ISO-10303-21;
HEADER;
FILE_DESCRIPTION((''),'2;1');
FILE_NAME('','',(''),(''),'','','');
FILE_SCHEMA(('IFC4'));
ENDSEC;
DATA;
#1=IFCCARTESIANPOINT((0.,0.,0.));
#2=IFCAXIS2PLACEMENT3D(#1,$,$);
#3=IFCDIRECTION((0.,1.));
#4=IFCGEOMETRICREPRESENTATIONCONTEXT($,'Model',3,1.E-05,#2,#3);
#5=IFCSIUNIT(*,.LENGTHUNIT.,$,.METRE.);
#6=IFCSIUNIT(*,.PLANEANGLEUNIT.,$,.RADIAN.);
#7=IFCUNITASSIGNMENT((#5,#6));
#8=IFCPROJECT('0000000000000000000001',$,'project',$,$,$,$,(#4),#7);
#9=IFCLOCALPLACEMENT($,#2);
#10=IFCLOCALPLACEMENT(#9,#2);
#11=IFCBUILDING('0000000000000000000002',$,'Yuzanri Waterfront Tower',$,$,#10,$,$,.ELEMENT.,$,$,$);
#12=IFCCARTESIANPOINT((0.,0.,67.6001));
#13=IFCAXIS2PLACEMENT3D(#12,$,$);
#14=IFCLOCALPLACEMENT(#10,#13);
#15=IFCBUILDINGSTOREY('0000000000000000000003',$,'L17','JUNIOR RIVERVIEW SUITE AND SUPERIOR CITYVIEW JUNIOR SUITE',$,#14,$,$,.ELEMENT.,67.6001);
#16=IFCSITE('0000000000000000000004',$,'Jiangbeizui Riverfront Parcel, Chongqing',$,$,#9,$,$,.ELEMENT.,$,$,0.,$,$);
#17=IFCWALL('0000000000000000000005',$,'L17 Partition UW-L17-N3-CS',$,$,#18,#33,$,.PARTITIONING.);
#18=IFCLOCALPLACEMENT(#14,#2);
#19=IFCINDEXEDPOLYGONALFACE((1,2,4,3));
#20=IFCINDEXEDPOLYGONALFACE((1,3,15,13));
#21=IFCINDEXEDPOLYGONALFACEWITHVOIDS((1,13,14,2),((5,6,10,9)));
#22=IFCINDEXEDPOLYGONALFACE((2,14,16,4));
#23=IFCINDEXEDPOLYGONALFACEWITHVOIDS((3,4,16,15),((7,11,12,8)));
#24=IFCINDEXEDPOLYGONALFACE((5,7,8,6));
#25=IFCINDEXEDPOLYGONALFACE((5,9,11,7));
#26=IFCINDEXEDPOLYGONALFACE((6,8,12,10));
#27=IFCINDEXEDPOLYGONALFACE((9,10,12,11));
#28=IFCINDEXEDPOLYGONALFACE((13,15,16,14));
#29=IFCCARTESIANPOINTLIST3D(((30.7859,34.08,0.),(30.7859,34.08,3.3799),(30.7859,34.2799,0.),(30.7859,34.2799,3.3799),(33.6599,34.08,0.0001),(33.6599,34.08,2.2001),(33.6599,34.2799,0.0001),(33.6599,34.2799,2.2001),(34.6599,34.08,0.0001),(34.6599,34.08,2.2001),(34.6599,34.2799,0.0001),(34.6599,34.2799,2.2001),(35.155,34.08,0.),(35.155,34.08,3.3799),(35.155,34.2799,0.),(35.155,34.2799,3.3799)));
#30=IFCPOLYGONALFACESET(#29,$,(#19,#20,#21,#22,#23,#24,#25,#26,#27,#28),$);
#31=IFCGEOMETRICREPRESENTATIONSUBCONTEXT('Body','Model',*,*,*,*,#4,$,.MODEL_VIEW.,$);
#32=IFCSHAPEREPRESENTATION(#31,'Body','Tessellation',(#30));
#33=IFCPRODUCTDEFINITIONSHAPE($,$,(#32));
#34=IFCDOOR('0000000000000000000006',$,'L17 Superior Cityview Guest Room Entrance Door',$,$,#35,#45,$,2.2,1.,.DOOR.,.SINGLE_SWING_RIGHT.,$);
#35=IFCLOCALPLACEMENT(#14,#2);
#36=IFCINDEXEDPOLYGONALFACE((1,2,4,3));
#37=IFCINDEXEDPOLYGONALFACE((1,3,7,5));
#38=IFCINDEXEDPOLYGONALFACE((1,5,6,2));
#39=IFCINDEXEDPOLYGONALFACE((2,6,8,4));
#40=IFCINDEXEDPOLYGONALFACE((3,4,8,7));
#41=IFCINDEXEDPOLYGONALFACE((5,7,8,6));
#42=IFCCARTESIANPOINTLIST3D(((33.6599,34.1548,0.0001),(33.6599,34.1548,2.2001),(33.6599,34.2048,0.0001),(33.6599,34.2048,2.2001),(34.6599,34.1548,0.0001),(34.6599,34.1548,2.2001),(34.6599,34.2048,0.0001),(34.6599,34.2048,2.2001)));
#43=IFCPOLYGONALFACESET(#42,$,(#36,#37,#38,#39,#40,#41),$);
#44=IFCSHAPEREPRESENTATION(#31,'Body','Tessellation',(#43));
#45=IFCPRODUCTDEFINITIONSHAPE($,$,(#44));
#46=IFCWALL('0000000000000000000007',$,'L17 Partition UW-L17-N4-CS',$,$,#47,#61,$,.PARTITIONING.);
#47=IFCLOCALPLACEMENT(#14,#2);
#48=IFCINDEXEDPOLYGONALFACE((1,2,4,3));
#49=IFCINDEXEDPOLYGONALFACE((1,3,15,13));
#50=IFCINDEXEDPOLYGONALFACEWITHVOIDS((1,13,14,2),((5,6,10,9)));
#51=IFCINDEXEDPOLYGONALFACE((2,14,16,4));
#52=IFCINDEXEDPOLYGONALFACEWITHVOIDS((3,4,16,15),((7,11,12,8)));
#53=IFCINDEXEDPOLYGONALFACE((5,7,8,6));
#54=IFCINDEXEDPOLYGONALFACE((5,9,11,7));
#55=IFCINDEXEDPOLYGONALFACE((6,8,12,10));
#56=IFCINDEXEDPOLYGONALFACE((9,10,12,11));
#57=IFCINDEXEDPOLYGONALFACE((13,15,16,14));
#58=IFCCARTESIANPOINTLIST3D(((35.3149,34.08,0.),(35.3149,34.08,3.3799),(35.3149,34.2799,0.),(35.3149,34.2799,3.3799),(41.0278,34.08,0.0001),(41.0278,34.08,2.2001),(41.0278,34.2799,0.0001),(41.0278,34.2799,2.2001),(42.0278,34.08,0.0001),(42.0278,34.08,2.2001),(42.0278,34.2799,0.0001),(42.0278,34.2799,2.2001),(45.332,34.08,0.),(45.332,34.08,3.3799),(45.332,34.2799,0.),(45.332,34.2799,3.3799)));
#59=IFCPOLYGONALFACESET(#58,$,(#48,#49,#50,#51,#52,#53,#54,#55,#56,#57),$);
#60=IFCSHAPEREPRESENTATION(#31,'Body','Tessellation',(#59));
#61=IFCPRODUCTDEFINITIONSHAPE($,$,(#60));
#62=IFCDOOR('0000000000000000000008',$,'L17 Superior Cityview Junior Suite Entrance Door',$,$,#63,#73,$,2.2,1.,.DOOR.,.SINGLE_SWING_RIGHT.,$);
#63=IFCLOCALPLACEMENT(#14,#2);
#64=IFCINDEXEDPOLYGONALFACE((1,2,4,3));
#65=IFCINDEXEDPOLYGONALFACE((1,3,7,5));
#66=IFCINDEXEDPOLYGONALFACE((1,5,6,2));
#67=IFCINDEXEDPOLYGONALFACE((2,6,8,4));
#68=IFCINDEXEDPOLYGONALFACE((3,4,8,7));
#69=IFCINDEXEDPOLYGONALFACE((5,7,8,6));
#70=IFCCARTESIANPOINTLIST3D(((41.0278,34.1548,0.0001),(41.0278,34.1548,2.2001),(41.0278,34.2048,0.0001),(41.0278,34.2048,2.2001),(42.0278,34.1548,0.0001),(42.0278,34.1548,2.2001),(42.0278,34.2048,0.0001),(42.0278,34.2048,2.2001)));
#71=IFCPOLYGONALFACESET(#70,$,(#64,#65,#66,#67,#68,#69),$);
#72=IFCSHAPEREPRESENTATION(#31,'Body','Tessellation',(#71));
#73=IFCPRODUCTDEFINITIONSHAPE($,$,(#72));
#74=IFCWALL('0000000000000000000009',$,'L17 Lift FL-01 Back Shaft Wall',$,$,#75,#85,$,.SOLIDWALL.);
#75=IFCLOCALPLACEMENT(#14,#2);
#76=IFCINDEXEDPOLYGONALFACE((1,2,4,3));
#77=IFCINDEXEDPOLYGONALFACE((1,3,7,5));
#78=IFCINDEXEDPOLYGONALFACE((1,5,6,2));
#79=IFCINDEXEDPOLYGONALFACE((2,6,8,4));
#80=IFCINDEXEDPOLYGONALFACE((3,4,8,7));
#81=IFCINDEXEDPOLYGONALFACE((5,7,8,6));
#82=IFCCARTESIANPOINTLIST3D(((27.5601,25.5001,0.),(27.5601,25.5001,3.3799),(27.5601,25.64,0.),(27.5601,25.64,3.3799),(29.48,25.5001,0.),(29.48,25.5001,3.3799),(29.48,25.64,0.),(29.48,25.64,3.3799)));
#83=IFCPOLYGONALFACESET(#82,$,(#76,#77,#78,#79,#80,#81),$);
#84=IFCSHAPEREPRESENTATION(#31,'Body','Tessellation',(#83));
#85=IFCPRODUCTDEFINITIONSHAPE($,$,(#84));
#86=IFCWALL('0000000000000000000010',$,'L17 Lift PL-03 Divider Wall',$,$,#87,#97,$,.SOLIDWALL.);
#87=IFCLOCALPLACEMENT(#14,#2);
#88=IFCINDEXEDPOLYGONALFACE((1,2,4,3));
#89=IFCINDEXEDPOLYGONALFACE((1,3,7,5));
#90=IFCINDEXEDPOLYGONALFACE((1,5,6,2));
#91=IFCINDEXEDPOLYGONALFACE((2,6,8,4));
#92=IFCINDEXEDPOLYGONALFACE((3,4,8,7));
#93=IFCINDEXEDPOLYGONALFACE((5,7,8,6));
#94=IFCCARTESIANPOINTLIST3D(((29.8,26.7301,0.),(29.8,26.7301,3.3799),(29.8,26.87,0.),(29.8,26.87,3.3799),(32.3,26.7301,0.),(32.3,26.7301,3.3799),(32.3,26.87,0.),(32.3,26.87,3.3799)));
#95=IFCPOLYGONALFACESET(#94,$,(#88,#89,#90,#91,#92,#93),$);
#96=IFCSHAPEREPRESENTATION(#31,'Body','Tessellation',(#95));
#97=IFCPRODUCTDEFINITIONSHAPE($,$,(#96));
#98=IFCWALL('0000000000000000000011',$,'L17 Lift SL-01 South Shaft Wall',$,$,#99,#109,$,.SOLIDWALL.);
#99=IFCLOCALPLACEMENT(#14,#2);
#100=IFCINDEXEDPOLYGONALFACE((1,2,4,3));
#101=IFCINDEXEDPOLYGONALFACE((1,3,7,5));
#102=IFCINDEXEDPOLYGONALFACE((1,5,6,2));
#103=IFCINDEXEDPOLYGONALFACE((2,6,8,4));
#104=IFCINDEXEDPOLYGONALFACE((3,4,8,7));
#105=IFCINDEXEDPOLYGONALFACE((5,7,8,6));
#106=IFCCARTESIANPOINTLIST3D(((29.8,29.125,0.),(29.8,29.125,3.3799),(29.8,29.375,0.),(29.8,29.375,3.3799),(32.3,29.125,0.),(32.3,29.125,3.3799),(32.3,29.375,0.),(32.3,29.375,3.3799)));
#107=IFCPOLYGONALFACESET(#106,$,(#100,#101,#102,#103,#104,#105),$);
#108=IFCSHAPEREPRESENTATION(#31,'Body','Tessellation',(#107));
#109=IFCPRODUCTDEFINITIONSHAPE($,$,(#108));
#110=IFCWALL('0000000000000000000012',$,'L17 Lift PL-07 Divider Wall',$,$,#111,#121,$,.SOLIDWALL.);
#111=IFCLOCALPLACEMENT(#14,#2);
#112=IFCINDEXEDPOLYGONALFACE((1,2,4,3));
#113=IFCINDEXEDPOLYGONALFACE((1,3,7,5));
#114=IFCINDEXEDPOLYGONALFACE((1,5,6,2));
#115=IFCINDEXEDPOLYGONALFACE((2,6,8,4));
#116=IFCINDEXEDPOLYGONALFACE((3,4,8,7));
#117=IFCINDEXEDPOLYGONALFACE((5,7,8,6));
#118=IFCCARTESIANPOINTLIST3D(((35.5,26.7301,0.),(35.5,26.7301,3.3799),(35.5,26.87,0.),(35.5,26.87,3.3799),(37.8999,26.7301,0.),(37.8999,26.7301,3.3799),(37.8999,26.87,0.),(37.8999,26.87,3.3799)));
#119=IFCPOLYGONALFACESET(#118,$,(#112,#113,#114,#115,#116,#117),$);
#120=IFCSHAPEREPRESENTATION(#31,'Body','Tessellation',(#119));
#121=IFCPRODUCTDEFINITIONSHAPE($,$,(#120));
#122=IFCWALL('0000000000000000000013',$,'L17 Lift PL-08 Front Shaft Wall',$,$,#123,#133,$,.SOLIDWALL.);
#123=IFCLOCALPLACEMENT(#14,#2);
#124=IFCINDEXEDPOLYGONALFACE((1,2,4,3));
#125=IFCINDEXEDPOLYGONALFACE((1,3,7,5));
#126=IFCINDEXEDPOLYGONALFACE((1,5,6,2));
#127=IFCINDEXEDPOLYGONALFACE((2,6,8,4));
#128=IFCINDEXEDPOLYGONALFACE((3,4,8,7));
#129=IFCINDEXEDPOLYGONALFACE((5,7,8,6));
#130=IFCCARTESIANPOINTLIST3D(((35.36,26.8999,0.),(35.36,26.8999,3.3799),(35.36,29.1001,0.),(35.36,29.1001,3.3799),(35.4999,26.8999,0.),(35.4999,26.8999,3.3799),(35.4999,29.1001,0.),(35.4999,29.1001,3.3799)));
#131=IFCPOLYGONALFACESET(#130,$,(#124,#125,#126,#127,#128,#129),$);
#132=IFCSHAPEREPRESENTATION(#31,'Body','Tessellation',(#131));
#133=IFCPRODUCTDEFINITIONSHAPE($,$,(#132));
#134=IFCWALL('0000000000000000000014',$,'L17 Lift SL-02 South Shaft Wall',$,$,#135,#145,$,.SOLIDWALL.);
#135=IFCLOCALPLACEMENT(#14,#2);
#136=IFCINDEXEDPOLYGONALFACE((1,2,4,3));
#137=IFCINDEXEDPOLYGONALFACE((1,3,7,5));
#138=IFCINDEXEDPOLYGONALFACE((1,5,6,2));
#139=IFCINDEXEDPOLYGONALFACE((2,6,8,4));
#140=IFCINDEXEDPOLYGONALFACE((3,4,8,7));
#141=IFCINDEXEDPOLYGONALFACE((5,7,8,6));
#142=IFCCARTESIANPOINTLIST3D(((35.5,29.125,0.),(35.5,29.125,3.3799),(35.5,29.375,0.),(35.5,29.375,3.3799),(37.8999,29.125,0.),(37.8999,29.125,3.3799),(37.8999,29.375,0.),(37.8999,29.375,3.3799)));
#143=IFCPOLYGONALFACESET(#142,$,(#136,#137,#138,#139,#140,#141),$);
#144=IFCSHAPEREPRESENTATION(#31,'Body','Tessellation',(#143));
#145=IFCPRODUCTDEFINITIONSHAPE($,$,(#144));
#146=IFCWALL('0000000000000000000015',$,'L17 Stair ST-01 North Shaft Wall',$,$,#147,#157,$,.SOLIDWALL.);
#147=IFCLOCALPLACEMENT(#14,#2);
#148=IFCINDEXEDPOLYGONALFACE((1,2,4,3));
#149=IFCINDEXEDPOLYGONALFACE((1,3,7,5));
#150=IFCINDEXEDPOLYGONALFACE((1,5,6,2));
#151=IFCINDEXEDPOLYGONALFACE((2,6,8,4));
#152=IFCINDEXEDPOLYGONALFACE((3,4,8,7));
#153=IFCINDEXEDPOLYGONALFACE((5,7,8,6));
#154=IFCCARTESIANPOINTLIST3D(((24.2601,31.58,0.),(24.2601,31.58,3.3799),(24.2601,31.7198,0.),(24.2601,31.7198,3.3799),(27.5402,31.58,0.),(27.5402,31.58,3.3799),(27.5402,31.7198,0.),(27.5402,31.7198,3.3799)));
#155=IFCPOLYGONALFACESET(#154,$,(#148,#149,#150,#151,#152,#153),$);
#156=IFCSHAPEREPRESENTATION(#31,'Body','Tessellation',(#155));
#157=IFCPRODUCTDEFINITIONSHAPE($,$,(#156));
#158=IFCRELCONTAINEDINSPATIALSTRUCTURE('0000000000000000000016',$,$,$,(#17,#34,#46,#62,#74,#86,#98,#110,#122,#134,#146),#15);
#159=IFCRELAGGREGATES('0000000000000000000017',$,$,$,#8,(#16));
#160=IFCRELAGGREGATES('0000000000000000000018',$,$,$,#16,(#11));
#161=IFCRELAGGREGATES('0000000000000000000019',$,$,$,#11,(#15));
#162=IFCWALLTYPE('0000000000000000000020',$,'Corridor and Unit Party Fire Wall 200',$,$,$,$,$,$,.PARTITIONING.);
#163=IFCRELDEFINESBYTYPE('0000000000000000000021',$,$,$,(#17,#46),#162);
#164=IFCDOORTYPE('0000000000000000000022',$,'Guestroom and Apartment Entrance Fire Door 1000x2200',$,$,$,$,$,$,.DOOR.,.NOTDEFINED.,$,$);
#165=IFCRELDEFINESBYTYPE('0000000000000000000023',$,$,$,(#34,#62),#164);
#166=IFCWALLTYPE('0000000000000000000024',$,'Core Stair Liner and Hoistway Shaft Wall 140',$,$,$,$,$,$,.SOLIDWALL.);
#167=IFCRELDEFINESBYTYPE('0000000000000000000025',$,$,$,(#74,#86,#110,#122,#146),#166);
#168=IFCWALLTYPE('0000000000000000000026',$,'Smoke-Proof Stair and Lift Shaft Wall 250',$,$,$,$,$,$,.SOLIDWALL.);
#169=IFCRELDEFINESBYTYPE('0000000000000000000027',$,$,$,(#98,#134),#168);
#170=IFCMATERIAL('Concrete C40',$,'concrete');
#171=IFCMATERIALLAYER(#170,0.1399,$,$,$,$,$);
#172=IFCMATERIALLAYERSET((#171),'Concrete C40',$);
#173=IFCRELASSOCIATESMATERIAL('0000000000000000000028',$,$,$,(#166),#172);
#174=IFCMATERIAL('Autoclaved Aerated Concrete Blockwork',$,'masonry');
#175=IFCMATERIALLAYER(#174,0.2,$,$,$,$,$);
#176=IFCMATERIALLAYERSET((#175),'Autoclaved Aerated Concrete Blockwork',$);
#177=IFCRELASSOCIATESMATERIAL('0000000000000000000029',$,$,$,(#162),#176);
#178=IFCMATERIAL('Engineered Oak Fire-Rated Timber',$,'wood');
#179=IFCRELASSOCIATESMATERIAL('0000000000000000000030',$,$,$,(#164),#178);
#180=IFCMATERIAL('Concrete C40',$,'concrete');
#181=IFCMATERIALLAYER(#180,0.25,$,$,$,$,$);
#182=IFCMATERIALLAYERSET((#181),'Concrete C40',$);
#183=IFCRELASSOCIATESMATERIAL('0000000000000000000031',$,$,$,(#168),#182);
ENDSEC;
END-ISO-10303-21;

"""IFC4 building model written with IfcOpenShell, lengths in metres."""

from ifc_helpers import new_model, si_unit, direction, frame, frame_2d, origin, place, context, subcontext, project, spatial, rectangle, extrude, source, transform, mapped, material, layer, layer_set, type_object, element, fill, save


model = new_model("IFC4")

# Units and contexts
model_context = context("Model", 3, precision=1e-05, world=origin(), true_north=direction((0.0, 1.0)))
body_context = subcontext(model_context, "Body", "Model", "MODEL_VIEW")
ifc_project = project(units=[si_unit("LENGTHUNIT", "METRE"), si_unit("PLANEANGLEUNIT", "RADIAN")], contexts=[model_context])

# Site, building, storey
site_placement = place(None, origin())
site = spatial("IfcSite", under=ifc_project, at=site_placement, Name="Jiangbeizui Riverfront Parcel, Chongqing", CompositionType="ELEMENT", RefElevation=0.0)
building_placement = place(site_placement, origin())
building = spatial("IfcBuilding", under=site, at=building_placement, Name="Yuzanri Waterfront Tower", CompositionType="ELEMENT")
storey_placement = place(building_placement, frame((0.0, 0.0, 67.6001)))
storey = spatial("IfcBuildingStorey", under=building, at=storey_placement, Name="L17", Description="JUNIOR RIVERVIEW SUITE AND SUPERIOR CITYVIEW JUNIOR SUITE", CompositionType="ELEMENT", Elevation=67.6001)

# Walls, openings, doors
ifc_material_1 = material(Name="Concrete C40", Category="concrete")
ifc_layer_1 = layer(ifc_material_1, 0.1399)
ifc_layer_set_1 = layer_set([ifc_layer_1], Name="Concrete C40")
wall_type_1 = type_object("IfcWallType", Name="Core Stair Liner and Hoistway Shaft Wall 140", PredefinedType="SOLIDWALL", material=ifc_layer_set_1)
ifc_material_2 = material(Name="Autoclaved Aerated Concrete Blockwork", Category="masonry")
ifc_layer_2 = layer(ifc_material_2, 0.2)
ifc_layer_set_2 = layer_set([ifc_layer_2], Name="Autoclaved Aerated Concrete Blockwork")
wall_type_2 = type_object("IfcWallType", Name="Corridor and Unit Party Fire Wall 200", PredefinedType="PARTITIONING", material=ifc_layer_set_2)
wall_1_placement = place(storey_placement, frame((30.7859, 34.1799, 0.0), z_axis=(0.0, 0.0, 1.0), x_axis=(1.0, 0.0, 0.0)))
wall_1 = element("IfcWall", 1, at=wall_1_placement, inside=storey, type_object=wall_type_2, Name="L17 Partition UW-L17-N3-CS", PredefinedType="PARTITIONING", context=body_context, shape_type="SweptSolid", body=[
    extrude(rectangle(XDim=4.3691, YDim=0.2, at=frame_2d((2.1846, 0.0))), origin(), (0.0, 0.0, 1.0), 3.3799),
])
opening_1_placement = place(wall_1_placement, frame((2.874, 0.0, 0.0)))
opening_1 = element("IfcOpeningElement", 2, at=opening_1_placement, cuts=wall_1, PredefinedType="OPENING", context=body_context, shape_type="SweptSolid", body=[
    extrude(rectangle(XDim=1.0, YDim=2.2, at=frame_2d((0.5, 1.1001))), frame((0.0, 0.1147, 0.0), z_axis=(0.0, -1.0, 0.0), x_axis=(1.0, 0.0, 0.0)), (0.0, 0.0, 1.0), 0.2297),
])
ifc_material_3 = material(Name="Engineered Oak Fire-Rated Timber", Category="wood")
door_type_1 = type_object("IfcDoorType", Name="Guestroom and Apartment Entrance Fire Door 1000x2200", OperationType="NOTDEFINED", PredefinedType="DOOR", material=ifc_material_3)
shared_shape_1 = source(origin(), body_context, "Body", "SweptSolid", [
    extrude(rectangle(XDim=1.0, YDim=2.2, at=frame_2d((0.5, 1.1001))), frame((0.0, 0.0249, 0.0), z_axis=(0.0, -1.0, 0.0), x_axis=(1.0, 0.0, 0.0)), (0.0, 0.0, 1.0), 0.05),
])
door_1_placement = place(opening_1_placement, origin())
door_1 = element("IfcDoor", 3, at=door_1_placement, inside=storey, type_object=door_type_1, Name="L17 Superior Cityview Guest Room Entrance Door", OperationType="SINGLE_SWING_RIGHT", OverallHeight=2.2, OverallWidth=1.0, PredefinedType="DOOR", context=body_context, shape_type="MappedRepresentation", body=[
    mapped(shared_shape_1, transform((0.0, 0.0, 0.0), scale=1.0)),
])
fill(opening_1, door_1)
wall_2_placement = place(storey_placement, frame((35.3149, 34.1799, 0.0), z_axis=(0.0, 0.0, 1.0), x_axis=(1.0, 0.0, 0.0)))
wall_2 = element("IfcWall", 4, at=wall_2_placement, inside=storey, type_object=wall_type_2, Name="L17 Partition UW-L17-N4-CS", PredefinedType="PARTITIONING", context=body_context, shape_type="SweptSolid", body=[
    extrude(rectangle(XDim=10.0171, YDim=0.2, at=frame_2d((5.0085, 0.0))), origin(), (0.0, 0.0, 1.0), 3.3799),
])
opening_2_placement = place(wall_2_placement, frame((5.7129, 0.0, 0.0)))
opening_2 = element("IfcOpeningElement", 5, at=opening_2_placement, cuts=wall_2, PredefinedType="OPENING", context=body_context, shape_type="SweptSolid", body=[
    extrude(rectangle(XDim=1.0, YDim=2.2, at=frame_2d((0.5, 1.1001))), frame((0.0, 0.1147, 0.0), z_axis=(0.0, -1.0, 0.0), x_axis=(1.0, 0.0, 0.0)), (0.0, 0.0, 1.0), 0.2297),
])
door_2_placement = place(opening_2_placement, origin())
door_2 = element("IfcDoor", 6, at=door_2_placement, inside=storey, type_object=door_type_1, Name="L17 Superior Cityview Junior Suite Entrance Door", OperationType="SINGLE_SWING_RIGHT", OverallHeight=2.2, OverallWidth=1.0, PredefinedType="DOOR", context=body_context, shape_type="MappedRepresentation", body=[
    mapped(shared_shape_1, transform((0.0, 0.0, 0.0), scale=1.0)),
])
fill(opening_2, door_2)

# Walls
shared_shape_2 = source(origin(), body_context, "Body", "SweptSolid", [
    extrude(rectangle(XDim=1.9199, YDim=0.1399, at=frame_2d((0.96, 0.0))), origin(), (0.0, 0.0, 1.0), 3.3799),
])
wall_3_placement = place(storey_placement, frame((27.5601, 25.5701, 0.0), z_axis=(0.0, 0.0, 1.0), x_axis=(1.0, 0.0, 0.0)))
element("IfcWall", 7, at=wall_3_placement, inside=storey, type_object=wall_type_1, Name="L17 Lift FL-01 Back Shaft Wall", PredefinedType="SOLIDWALL", context=body_context, shape_type="MappedRepresentation", body=[
    mapped(shared_shape_2, transform((0.0, 0.0, 0.0), scale=1.0)),
])
shared_shape_3 = source(origin(), body_context, "Body", "SweptSolid", [
    extrude(rectangle(XDim=2.5, YDim=0.1399, at=frame_2d((1.25, 0.0))), origin(), (0.0, 0.0, 1.0), 3.3799),
])
wall_4_placement = place(storey_placement, frame((29.8, 26.8, 0.0), z_axis=(0.0, 0.0, 1.0), x_axis=(1.0, 0.0, 0.0)))
element("IfcWall", 8, at=wall_4_placement, inside=storey, type_object=wall_type_1, Name="L17 Lift PL-03 Divider Wall", PredefinedType="SOLIDWALL", context=body_context, shape_type="MappedRepresentation", body=[
    mapped(shared_shape_3, transform((0.0, 0.0, 0.0), scale=1.0)),
])
ifc_material_4 = material(Name="Concrete C40", Category="concrete")
ifc_layer_3 = layer(ifc_material_4, 0.25)
ifc_layer_set_3 = layer_set([ifc_layer_3], Name="Concrete C40")
wall_type_3 = type_object("IfcWallType", Name="Smoke-Proof Stair and Lift Shaft Wall 250", PredefinedType="SOLIDWALL", material=ifc_layer_set_3)
shared_shape_4 = source(origin(), body_context, "Body", "SweptSolid", [
    extrude(rectangle(XDim=2.5, YDim=0.25, at=frame_2d((1.25, 0.0))), origin(), (0.0, 0.0, 1.0), 3.3799),
])
wall_5_placement = place(storey_placement, frame((29.8, 29.25, 0.0), z_axis=(0.0, 0.0, 1.0), x_axis=(1.0, 0.0, 0.0)))
element("IfcWall", 9, at=wall_5_placement, inside=storey, type_object=wall_type_3, Name="L17 Lift SL-01 South Shaft Wall", PredefinedType="SOLIDWALL", context=body_context, shape_type="MappedRepresentation", body=[
    mapped(shared_shape_4, transform((0.0, 0.0, 0.0), scale=1.0)),
])
shared_shape_5 = source(origin(), body_context, "Body", "SweptSolid", [
    extrude(rectangle(XDim=2.3999, YDim=0.1399, at=frame_2d((1.2, 0.0))), origin(), (0.0, 0.0, 1.0), 3.3799),
])
wall_6_placement = place(storey_placement, frame((35.5, 26.8, 0.0), z_axis=(0.0, 0.0, 1.0), x_axis=(1.0, 0.0, 0.0)))
element("IfcWall", 10, at=wall_6_placement, inside=storey, type_object=wall_type_1, Name="L17 Lift PL-07 Divider Wall", PredefinedType="SOLIDWALL", context=body_context, shape_type="MappedRepresentation", body=[
    mapped(shared_shape_5, transform((0.0, 0.0, 0.0), scale=1.0)),
])
shared_shape_6 = source(origin(), body_context, "Body", "SweptSolid", [
    extrude(rectangle(XDim=2.2002, YDim=0.1399, at=frame_2d((1.1001, 0.0))), origin(), (0.0, 0.0, 1.0), 3.3799),
])
wall_7_placement = place(storey_placement, frame((35.4299, 26.8999, 0.0), z_axis=(0.0, 0.0, 1.0), x_axis=(0.0, 1.0, 0.0)))
element("IfcWall", 11, at=wall_7_placement, inside=storey, type_object=wall_type_1, Name="L17 Lift PL-08 Front Shaft Wall", PredefinedType="SOLIDWALL", context=body_context, shape_type="MappedRepresentation", body=[
    mapped(shared_shape_6, transform((0.0, 0.0, 0.0), scale=1.0)),
])
shared_shape_7 = source(origin(), body_context, "Body", "SweptSolid", [
    extrude(rectangle(XDim=2.3999, YDim=0.25, at=frame_2d((1.2, 0.0))), origin(), (0.0, 0.0, 1.0), 3.3799),
])
wall_8_placement = place(storey_placement, frame((35.5, 29.25, 0.0), z_axis=(0.0, 0.0, 1.0), x_axis=(1.0, 0.0, 0.0)))
element("IfcWall", 12, at=wall_8_placement, inside=storey, type_object=wall_type_3, Name="L17 Lift SL-02 South Shaft Wall", PredefinedType="SOLIDWALL", context=body_context, shape_type="MappedRepresentation", body=[
    mapped(shared_shape_7, transform((0.0, 0.0, 0.0), scale=1.0)),
])
shared_shape_8 = source(origin(), body_context, "Body", "SweptSolid", [
    extrude(rectangle(XDim=3.28, YDim=0.1399, at=frame_2d((1.6401, 0.0))), origin(), (0.0, 0.0, 1.0), 3.3799),
])
wall_9_placement = place(storey_placement, frame((24.26, 31.6499, 0.0), z_axis=(0.0, 0.0, 1.0), x_axis=(1.0, 0.0, 0.0)))
element("IfcWall", 13, at=wall_9_placement, inside=storey, type_object=wall_type_1, Name="L17 Stair ST-01 North Shaft Wall", PredefinedType="SOLIDWALL", context=body_context, shape_type="MappedRepresentation", body=[
    mapped(shared_shape_8, transform((0.0, 0.0, 0.0), scale=1.0)),
])

save(model, "model.ifc")
